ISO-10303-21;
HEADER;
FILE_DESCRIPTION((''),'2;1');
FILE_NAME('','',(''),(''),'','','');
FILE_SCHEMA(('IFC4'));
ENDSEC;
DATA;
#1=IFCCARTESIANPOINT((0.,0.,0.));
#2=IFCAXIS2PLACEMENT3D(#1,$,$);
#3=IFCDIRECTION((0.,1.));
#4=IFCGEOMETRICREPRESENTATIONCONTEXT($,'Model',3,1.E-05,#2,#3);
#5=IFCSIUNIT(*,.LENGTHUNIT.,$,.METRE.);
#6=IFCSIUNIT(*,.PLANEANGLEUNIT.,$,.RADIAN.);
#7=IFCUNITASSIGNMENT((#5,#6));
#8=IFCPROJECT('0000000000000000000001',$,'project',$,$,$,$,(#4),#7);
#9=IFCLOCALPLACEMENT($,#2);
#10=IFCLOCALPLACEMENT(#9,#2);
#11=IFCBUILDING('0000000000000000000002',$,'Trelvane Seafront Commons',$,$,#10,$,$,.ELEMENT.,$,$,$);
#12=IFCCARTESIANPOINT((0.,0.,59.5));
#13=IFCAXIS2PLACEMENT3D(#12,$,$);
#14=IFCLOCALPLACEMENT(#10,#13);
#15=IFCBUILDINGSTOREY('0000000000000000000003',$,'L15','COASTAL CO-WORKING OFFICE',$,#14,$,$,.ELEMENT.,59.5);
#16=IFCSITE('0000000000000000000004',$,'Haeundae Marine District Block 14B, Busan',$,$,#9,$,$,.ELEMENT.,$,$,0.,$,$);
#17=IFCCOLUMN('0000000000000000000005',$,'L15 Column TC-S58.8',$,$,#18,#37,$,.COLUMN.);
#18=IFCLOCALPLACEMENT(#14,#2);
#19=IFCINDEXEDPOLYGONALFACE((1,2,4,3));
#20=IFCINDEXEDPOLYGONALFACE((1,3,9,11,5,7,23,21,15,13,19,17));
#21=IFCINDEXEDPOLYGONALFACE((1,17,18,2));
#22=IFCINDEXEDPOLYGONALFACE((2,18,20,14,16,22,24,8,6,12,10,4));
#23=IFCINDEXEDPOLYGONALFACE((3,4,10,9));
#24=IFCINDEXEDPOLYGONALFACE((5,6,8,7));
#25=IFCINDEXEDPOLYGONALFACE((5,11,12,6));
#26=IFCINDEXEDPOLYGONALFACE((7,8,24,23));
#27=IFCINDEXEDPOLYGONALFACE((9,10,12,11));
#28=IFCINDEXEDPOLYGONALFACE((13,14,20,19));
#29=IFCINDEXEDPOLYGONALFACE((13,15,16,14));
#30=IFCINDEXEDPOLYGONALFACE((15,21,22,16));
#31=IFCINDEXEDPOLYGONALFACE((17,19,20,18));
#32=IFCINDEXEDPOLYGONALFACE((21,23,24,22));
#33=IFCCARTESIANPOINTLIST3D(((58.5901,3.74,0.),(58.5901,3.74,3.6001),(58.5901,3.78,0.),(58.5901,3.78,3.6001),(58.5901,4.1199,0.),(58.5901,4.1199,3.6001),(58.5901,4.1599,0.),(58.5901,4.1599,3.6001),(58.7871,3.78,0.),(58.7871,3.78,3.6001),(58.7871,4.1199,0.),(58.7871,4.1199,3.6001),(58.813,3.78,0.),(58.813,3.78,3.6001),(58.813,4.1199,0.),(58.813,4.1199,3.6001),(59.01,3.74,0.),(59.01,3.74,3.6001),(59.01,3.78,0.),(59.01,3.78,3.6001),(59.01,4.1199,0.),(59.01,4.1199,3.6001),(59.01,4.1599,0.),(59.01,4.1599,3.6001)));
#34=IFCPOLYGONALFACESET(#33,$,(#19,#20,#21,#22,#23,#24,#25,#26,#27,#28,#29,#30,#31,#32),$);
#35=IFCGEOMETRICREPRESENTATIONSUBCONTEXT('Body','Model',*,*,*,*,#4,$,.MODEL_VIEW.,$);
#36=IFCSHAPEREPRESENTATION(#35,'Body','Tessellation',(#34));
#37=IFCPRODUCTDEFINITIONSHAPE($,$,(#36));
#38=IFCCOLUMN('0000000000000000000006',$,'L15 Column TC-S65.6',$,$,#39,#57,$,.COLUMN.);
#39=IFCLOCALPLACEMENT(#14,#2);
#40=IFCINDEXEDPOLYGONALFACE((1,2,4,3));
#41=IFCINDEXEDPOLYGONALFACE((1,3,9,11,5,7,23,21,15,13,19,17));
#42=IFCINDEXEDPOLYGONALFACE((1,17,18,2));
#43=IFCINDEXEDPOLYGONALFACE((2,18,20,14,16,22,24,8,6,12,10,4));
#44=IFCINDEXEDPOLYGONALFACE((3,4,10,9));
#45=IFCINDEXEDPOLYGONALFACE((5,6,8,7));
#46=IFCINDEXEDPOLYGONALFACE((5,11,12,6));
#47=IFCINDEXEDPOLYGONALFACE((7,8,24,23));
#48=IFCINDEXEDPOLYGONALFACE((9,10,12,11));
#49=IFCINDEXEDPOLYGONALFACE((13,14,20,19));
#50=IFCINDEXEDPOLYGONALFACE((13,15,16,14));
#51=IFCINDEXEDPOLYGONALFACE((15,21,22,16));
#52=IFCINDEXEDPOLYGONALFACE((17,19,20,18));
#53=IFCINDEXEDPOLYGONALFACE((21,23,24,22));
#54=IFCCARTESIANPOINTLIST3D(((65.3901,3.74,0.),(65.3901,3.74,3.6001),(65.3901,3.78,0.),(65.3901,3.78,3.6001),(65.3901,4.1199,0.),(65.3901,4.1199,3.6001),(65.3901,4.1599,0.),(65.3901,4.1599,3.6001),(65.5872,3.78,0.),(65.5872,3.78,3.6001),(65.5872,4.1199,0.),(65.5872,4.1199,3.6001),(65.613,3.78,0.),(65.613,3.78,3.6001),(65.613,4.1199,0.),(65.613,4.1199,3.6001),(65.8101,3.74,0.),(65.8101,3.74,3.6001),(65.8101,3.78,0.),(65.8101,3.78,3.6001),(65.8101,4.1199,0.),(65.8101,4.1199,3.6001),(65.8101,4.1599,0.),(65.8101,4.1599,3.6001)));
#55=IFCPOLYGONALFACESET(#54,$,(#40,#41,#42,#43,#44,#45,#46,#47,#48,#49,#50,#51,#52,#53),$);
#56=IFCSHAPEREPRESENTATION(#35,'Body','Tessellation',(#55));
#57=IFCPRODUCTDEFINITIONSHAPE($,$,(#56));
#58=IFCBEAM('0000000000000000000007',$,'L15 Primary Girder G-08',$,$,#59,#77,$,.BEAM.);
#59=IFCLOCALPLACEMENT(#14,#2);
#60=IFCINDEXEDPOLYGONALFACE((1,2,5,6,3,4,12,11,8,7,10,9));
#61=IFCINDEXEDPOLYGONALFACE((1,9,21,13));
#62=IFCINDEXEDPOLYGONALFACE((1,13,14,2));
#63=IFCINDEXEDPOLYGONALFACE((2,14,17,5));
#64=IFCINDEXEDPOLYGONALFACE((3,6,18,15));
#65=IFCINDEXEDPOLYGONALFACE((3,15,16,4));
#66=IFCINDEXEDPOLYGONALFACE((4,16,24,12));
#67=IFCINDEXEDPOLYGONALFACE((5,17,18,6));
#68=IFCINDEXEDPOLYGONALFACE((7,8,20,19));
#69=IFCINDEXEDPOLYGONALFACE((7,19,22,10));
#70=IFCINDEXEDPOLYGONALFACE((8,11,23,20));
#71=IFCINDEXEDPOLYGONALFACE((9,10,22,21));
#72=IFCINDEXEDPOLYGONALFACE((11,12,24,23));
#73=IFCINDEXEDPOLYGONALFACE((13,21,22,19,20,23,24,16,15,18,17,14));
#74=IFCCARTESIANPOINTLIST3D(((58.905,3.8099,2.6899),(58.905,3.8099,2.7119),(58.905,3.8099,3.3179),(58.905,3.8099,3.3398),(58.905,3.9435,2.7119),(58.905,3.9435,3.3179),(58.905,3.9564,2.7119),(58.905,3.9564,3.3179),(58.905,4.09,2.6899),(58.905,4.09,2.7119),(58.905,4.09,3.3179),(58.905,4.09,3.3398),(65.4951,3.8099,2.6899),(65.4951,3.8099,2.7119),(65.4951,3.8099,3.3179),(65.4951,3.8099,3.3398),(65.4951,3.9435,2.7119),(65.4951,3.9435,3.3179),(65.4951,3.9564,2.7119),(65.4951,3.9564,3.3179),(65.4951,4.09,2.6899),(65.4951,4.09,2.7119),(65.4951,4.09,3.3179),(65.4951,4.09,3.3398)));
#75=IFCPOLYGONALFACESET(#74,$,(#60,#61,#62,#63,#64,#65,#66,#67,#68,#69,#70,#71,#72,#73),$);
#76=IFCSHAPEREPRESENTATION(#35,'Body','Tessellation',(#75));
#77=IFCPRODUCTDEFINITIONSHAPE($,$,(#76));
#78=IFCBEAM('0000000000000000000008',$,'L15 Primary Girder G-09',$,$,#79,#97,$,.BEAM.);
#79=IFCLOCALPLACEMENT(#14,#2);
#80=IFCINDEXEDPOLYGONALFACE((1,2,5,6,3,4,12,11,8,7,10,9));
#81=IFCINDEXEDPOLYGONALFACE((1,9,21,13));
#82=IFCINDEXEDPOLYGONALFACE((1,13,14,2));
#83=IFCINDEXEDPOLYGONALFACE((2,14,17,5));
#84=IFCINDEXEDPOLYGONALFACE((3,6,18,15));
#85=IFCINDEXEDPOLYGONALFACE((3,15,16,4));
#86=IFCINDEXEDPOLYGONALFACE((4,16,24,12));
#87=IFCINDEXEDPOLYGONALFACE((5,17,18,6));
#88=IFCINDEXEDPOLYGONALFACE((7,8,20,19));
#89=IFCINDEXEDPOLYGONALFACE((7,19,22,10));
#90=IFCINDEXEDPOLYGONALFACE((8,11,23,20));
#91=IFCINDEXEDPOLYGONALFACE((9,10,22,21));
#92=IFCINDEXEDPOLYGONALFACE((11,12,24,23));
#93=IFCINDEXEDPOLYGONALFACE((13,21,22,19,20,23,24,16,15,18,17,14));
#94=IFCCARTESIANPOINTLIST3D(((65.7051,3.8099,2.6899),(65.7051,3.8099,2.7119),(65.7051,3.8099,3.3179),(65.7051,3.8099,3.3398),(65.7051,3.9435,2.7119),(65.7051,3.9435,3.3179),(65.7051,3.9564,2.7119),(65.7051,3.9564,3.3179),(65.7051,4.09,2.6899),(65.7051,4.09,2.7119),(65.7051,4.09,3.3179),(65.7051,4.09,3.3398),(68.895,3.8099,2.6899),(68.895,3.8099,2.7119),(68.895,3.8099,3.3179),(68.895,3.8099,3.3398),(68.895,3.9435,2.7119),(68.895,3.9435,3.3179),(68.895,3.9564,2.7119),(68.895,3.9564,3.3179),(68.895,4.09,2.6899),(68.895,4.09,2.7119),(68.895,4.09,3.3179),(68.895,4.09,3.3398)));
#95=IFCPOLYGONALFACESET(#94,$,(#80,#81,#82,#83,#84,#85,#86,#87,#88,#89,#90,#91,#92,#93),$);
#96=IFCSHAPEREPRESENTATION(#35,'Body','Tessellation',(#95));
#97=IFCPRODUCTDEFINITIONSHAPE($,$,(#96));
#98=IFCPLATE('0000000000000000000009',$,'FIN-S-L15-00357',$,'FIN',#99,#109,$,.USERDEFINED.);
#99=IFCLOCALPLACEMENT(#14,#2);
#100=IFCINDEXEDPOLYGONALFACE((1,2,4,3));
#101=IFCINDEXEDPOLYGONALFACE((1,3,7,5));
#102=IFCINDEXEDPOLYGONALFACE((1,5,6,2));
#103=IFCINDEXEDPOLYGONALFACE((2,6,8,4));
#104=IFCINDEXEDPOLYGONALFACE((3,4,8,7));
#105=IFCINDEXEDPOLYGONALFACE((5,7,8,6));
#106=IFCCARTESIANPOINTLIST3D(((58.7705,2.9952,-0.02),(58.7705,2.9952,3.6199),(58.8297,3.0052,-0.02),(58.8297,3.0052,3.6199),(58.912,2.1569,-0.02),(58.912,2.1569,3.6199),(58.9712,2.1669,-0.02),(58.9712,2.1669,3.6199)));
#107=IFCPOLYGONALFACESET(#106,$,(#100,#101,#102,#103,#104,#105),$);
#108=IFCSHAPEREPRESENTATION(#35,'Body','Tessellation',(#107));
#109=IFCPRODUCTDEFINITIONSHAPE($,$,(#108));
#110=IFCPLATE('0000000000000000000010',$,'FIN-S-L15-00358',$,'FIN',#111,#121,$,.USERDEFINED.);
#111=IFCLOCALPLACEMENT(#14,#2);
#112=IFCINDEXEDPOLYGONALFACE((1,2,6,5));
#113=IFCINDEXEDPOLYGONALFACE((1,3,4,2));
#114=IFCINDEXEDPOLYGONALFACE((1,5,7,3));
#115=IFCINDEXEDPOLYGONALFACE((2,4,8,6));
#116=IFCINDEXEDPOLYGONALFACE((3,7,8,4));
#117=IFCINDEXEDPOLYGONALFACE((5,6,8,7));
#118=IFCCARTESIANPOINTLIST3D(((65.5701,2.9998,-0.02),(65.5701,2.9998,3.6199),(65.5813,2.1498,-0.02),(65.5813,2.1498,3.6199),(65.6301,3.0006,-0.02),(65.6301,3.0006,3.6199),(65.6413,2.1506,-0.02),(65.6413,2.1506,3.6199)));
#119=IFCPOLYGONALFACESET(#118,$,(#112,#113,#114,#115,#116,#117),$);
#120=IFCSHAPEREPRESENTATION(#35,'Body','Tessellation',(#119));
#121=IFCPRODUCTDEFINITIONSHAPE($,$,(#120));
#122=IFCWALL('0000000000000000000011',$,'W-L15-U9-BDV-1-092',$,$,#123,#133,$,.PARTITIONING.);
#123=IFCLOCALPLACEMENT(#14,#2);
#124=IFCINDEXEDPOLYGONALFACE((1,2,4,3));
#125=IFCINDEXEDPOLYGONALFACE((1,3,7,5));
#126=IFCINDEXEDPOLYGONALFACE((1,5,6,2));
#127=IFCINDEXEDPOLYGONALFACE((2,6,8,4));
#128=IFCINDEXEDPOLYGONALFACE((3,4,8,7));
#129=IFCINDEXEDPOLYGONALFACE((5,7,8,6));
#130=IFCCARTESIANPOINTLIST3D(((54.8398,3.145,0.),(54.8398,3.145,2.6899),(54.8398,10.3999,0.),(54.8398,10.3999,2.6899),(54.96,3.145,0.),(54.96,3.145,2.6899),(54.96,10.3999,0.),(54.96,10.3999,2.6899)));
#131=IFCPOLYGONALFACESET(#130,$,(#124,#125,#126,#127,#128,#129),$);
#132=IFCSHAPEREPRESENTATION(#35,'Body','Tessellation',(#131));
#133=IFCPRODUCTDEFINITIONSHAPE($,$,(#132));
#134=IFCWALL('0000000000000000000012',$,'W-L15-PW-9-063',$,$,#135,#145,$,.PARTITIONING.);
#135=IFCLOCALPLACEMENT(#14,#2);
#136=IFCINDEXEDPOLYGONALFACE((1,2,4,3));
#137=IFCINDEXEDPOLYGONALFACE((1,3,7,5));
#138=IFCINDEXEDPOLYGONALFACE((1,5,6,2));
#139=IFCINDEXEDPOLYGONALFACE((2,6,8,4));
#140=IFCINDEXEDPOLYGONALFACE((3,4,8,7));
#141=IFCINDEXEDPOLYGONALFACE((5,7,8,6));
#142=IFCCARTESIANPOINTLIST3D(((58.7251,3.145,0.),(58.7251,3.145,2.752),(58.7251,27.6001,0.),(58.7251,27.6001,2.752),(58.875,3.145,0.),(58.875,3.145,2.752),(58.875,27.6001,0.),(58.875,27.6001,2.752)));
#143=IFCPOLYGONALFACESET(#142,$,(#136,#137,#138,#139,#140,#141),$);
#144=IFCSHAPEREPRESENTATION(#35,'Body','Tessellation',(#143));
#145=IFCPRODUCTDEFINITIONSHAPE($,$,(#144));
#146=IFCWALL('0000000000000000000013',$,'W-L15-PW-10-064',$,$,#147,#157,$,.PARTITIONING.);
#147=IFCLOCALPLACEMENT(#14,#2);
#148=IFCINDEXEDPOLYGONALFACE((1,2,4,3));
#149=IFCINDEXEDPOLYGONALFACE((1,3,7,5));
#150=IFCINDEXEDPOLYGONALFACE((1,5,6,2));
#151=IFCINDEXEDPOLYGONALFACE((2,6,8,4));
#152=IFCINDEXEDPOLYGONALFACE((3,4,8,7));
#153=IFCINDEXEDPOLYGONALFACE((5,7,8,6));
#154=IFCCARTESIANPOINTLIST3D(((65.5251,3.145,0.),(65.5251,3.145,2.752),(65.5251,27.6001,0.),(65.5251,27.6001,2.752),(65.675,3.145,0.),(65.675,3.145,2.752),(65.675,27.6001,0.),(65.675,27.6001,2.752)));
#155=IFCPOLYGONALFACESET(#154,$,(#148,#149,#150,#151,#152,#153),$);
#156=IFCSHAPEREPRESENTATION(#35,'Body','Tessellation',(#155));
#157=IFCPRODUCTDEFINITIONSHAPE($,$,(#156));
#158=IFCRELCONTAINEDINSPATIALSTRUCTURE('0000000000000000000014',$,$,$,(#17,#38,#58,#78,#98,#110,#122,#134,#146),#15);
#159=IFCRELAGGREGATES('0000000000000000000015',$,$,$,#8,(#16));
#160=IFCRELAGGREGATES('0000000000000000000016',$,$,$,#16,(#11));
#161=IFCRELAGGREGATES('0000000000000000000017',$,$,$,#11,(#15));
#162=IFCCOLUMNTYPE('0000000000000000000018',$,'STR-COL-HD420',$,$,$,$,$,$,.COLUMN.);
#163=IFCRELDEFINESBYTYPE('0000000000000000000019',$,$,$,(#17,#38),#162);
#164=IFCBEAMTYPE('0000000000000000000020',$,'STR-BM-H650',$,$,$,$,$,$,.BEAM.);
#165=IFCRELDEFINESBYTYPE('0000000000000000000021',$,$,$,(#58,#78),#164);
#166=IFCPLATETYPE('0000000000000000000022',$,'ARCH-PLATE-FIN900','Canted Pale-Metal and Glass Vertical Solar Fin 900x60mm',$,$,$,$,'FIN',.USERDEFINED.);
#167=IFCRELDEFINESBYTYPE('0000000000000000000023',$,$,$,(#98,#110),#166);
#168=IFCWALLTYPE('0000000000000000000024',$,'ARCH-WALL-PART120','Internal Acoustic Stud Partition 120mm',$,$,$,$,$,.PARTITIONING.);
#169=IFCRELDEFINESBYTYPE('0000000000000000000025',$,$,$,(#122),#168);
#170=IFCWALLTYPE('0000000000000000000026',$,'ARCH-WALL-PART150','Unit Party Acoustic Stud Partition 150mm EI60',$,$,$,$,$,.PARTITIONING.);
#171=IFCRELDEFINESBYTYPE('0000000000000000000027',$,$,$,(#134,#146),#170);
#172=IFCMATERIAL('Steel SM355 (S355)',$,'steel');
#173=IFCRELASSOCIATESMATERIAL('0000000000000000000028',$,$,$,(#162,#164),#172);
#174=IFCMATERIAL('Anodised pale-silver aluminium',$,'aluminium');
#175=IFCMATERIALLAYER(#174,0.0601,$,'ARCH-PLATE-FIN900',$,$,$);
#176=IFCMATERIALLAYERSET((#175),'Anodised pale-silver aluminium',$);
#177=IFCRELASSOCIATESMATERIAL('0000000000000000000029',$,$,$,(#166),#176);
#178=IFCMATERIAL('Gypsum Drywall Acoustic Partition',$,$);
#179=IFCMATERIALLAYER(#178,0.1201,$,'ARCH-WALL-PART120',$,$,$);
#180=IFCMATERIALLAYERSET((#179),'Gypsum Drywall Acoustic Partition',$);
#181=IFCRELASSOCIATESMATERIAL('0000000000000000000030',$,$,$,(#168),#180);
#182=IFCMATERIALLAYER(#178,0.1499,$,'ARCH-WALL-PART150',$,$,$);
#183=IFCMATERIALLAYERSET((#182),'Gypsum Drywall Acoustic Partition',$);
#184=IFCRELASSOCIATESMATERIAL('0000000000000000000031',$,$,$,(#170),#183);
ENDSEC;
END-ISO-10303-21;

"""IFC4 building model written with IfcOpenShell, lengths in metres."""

from ifc_helpers import new_model, si_unit, direction, frame, frame_2d, origin, origin_2d, place, context, subcontext, project, spatial, rectangle, i_section, extrude, source, transform, mapped, material, layer, layer_set, material_profile, profile_set, type_object, element, save


model = new_model("IFC4")

# Units and contexts
model_context = context("Model", 3, precision=1e-05, world=origin(), true_north=direction((0.0, 1.0)))
body_context = subcontext(model_context, "Body", "Model", "MODEL_VIEW")
ifc_project = project(units=[si_unit("LENGTHUNIT", "METRE"), si_unit("PLANEANGLEUNIT", "RADIAN")], contexts=[model_context])

# Site, building, storey
site_placement = place(None, origin())
site = spatial("IfcSite", under=ifc_project, at=site_placement, Name="Haeundae Marine District Block 14B, Busan", CompositionType="ELEMENT", RefElevation=0.0)
building_placement = place(site_placement, origin())
building = spatial("IfcBuilding", under=site, at=building_placement, Name="Trelvane Seafront Commons", CompositionType="ELEMENT")
storey_placement = place(building_placement, frame((0.0, 0.0, 59.5)))
storey = spatial("IfcBuildingStorey", under=building, at=storey_placement, Name="L15", Description="COASTAL CO-WORKING OFFICE", CompositionType="ELEMENT", Elevation=59.5)

# Columns
ifc_material_1 = material(Name="Steel SM355 (S355)", Category="steel")
ifc_material_profile_1 = material_profile(ifc_material_1, i_section(OverallWidth=0.4199, OverallDepth=0.4199, WebThickness=0.0259, FlangeThickness=0.04, at=origin_2d()), Name="HD-420x420x26x40")
ifc_profile_set_1 = profile_set([ifc_material_profile_1], Name="Steel SM355 (S355)")
column_type = type_object("IfcColumnType", Name="STR-COL-HD420", PredefinedType="COLUMN", material=ifc_profile_set_1)
shared_shape_1 = source(origin(), body_context, "Body", "SweptSolid", [
    extrude(i_section(OverallWidth=0.4199, OverallDepth=0.4199, WebThickness=0.0259, FlangeThickness=0.04, at=origin_2d()), origin(), (0.0, 0.0, 1.0), 3.6001),
])
for number, where, z_axis, x_axis, name in (
    (1, (58.8, 3.95, 0.0), (0.0, 0.0, 1.0), (1.0, 0.0, 0.0), "L15 Column TC-S58.8"),
    (2, (65.6001, 3.95, 0.0), (0.0, 0.0, 1.0), (1.0, 0.0, 0.0), "L15 Column TC-S65.6"),
):
    element("IfcColumn", number, at=place(storey_placement, frame(where, z_axis=z_axis, x_axis=x_axis)), inside=storey, type_object=column_type, Name=name, PredefinedType="COLUMN", context=body_context, shape_type="MappedRepresentation", body=[
        mapped(shared_shape_1, transform((0.0, 0.0, 0.0), x_axis=(1.0, 0.0, 0.0), y_axis=(0.0, 1.0, 0.0), z_axis=(0.0, 0.0, 1.0), scale=1.0)),
    ])

# Beams
ifc_material_profile_2 = material_profile(ifc_material_1, i_section(OverallWidth=0.28, OverallDepth=0.6499, WebThickness=0.0129, FlangeThickness=0.022, at=origin_2d()), Name="H-650x280x13x22")
ifc_profile_set_2 = profile_set([ifc_material_profile_2], Name="Steel SM355 (S355)")
beam_type = type_object("IfcBeamType", Name="STR-BM-H650", PredefinedType="BEAM", material=ifc_profile_set_2)
shared_shape_2 = source(origin(), body_context, "Body", "SweptSolid", [
    extrude(i_section(OverallWidth=0.28, OverallDepth=0.6499, WebThickness=0.0129, FlangeThickness=0.022, at=origin_2d()), origin(), (0.0, 0.0, 1.0), 6.5901),
])
beam_1_placement = place(storey_placement, frame((58.905, 3.95, 3.0149), z_axis=(1.0, 0.0, 0.0), x_axis=(0.0, 1.0, 0.0)))
element("IfcBeam", 3, at=beam_1_placement, inside=storey, type_object=beam_type, Name="L15 Primary Girder G-08", PredefinedType="BEAM", context=body_context, shape_type="MappedRepresentation", body=[
    mapped(shared_shape_2, transform((0.0, 0.0, 0.0), x_axis=(1.0, 0.0, 0.0), y_axis=(0.0, 1.0, 0.0), z_axis=(0.0, 0.0, 1.0), scale=1.0)),
])
shared_shape_3 = source(origin(), body_context, "Body", "SweptSolid", [
    extrude(i_section(OverallWidth=0.28, OverallDepth=0.6499, WebThickness=0.0129, FlangeThickness=0.022, at=origin_2d()), origin(), (0.0, 0.0, 1.0), 3.1899),
])
beam_2_placement = place(storey_placement, frame((65.7051, 3.95, 3.0149), z_axis=(1.0, 0.0, 0.0), x_axis=(0.0, 1.0, 0.0)))
element("IfcBeam", 4, at=beam_2_placement, inside=storey, type_object=beam_type, Name="L15 Primary Girder G-09", PredefinedType="BEAM", context=body_context, shape_type="MappedRepresentation", body=[
    mapped(shared_shape_3, transform((0.0, 0.0, 0.0), x_axis=(1.0, 0.0, 0.0), y_axis=(0.0, 1.0, 0.0), z_axis=(0.0, 0.0, 1.0), scale=1.0)),
])

# Plates
ifc_material_2 = material(Name="Anodised pale-silver aluminium", Category="aluminium")
ifc_layer_1 = layer(ifc_material_2, 0.0601, Name="ARCH-PLATE-FIN900")
ifc_layer_set_1 = layer_set([ifc_layer_1], Name="Anodised pale-silver aluminium")
plate_type = type_object("IfcPlateType", Name="ARCH-PLATE-FIN900", Description="Canted Pale-Metal and Glass Vertical Solar Fin 900x60mm", ElementType="FIN", PredefinedType="USERDEFINED", material=ifc_layer_set_1)
shared_shape_4 = source(origin(), body_context, "Body", "SweptSolid", [
    extrude(rectangle(XDim=0.8501, YDim=0.0601, at=origin_2d()), origin(), (0.0, 0.0, 1.0), 3.6399),
])
for number, where, z_axis, x_axis, name in (
    (5, (58.8708, 2.5811, -0.02), (0.0, 0.0, 1.0), (0.166478, -0.986045, 0.0), "FIN-S-L15-00357"),
    (6, (65.6057, 2.5752, -0.02), (0.0, 0.0, 1.0), (0.013177, -0.999913, 0.0), "FIN-S-L15-00358"),
):
    element("IfcPlate", number, at=place(storey_placement, frame(where, z_axis=z_axis, x_axis=x_axis)), inside=storey, type_object=plate_type, Name=name, ObjectType="FIN", PredefinedType="USERDEFINED", context=body_context, shape_type="MappedRepresentation", body=[
        mapped(shared_shape_4, transform((0.0, 0.0, 0.0), x_axis=(1.0, 0.0, 0.0), y_axis=(0.0, 1.0, 0.0), z_axis=(0.0, 0.0, 1.0), scale=1.0)),
    ])

# Walls
ifc_material_3 = material(Name="Gypsum Drywall Acoustic Partition")
ifc_layer_2 = layer(ifc_material_3, 0.1201, Name="ARCH-WALL-PART120")
ifc_layer_set_2 = layer_set([ifc_layer_2], Name="Gypsum Drywall Acoustic Partition")
wall_type_1 = type_object("IfcWallType", Name="ARCH-WALL-PART120", Description="Internal Acoustic Stud Partition 120mm", PredefinedType="PARTITIONING", material=ifc_layer_set_2)
wall_1_placement = place(storey_placement, frame((54.8999, 3.145, 0.0), z_axis=(0.0, 0.0, 1.0), x_axis=(0.0, 1.0, 0.0)))
element("IfcWall", 7, at=wall_1_placement, inside=storey, type_object=wall_type_1, Name="W-L15-U9-BDV-1-092", PredefinedType="PARTITIONING", context=body_context, shape_type="SweptSolid", body=[
    extrude(rectangle(XDim=7.2549, YDim=0.1201, at=frame_2d((3.6274, 0.0))), origin(), (0.0, 0.0, 1.0), 2.6899),
])
ifc_layer_3 = layer(ifc_material_3, 0.1499, Name="ARCH-WALL-PART150")
ifc_layer_set_3 = layer_set([ifc_layer_3], Name="Gypsum Drywall Acoustic Partition")
wall_type_2 = type_object("IfcWallType", Name="ARCH-WALL-PART150", Description="Unit Party Acoustic Stud Partition 150mm EI60", PredefinedType="PARTITIONING", material=ifc_layer_set_3)
for number, where, z_axis, x_axis, name in (
    (8, (58.8, 3.145, 0.0), (0.0, 0.0, 1.0), (0.0, 1.0, 0.0), "W-L15-PW-9-063"),
    (9, (65.6001, 3.145, 0.0), (0.0, 0.0, 1.0), (0.0, 1.0, 0.0), "W-L15-PW-10-064"),
):
    element("IfcWall", number, at=place(storey_placement, frame(where, z_axis=z_axis, x_axis=x_axis)), inside=storey, type_object=wall_type_2, Name=name, PredefinedType="PARTITIONING", context=body_context, shape_type="SweptSolid", body=[
        extrude(rectangle(XDim=24.4551, YDim=0.1499, at=frame_2d((12.2275, 0.0))), origin(), (0.0, 0.0, 1.0), 2.752),
    ])

save(model, "model.ifc")
